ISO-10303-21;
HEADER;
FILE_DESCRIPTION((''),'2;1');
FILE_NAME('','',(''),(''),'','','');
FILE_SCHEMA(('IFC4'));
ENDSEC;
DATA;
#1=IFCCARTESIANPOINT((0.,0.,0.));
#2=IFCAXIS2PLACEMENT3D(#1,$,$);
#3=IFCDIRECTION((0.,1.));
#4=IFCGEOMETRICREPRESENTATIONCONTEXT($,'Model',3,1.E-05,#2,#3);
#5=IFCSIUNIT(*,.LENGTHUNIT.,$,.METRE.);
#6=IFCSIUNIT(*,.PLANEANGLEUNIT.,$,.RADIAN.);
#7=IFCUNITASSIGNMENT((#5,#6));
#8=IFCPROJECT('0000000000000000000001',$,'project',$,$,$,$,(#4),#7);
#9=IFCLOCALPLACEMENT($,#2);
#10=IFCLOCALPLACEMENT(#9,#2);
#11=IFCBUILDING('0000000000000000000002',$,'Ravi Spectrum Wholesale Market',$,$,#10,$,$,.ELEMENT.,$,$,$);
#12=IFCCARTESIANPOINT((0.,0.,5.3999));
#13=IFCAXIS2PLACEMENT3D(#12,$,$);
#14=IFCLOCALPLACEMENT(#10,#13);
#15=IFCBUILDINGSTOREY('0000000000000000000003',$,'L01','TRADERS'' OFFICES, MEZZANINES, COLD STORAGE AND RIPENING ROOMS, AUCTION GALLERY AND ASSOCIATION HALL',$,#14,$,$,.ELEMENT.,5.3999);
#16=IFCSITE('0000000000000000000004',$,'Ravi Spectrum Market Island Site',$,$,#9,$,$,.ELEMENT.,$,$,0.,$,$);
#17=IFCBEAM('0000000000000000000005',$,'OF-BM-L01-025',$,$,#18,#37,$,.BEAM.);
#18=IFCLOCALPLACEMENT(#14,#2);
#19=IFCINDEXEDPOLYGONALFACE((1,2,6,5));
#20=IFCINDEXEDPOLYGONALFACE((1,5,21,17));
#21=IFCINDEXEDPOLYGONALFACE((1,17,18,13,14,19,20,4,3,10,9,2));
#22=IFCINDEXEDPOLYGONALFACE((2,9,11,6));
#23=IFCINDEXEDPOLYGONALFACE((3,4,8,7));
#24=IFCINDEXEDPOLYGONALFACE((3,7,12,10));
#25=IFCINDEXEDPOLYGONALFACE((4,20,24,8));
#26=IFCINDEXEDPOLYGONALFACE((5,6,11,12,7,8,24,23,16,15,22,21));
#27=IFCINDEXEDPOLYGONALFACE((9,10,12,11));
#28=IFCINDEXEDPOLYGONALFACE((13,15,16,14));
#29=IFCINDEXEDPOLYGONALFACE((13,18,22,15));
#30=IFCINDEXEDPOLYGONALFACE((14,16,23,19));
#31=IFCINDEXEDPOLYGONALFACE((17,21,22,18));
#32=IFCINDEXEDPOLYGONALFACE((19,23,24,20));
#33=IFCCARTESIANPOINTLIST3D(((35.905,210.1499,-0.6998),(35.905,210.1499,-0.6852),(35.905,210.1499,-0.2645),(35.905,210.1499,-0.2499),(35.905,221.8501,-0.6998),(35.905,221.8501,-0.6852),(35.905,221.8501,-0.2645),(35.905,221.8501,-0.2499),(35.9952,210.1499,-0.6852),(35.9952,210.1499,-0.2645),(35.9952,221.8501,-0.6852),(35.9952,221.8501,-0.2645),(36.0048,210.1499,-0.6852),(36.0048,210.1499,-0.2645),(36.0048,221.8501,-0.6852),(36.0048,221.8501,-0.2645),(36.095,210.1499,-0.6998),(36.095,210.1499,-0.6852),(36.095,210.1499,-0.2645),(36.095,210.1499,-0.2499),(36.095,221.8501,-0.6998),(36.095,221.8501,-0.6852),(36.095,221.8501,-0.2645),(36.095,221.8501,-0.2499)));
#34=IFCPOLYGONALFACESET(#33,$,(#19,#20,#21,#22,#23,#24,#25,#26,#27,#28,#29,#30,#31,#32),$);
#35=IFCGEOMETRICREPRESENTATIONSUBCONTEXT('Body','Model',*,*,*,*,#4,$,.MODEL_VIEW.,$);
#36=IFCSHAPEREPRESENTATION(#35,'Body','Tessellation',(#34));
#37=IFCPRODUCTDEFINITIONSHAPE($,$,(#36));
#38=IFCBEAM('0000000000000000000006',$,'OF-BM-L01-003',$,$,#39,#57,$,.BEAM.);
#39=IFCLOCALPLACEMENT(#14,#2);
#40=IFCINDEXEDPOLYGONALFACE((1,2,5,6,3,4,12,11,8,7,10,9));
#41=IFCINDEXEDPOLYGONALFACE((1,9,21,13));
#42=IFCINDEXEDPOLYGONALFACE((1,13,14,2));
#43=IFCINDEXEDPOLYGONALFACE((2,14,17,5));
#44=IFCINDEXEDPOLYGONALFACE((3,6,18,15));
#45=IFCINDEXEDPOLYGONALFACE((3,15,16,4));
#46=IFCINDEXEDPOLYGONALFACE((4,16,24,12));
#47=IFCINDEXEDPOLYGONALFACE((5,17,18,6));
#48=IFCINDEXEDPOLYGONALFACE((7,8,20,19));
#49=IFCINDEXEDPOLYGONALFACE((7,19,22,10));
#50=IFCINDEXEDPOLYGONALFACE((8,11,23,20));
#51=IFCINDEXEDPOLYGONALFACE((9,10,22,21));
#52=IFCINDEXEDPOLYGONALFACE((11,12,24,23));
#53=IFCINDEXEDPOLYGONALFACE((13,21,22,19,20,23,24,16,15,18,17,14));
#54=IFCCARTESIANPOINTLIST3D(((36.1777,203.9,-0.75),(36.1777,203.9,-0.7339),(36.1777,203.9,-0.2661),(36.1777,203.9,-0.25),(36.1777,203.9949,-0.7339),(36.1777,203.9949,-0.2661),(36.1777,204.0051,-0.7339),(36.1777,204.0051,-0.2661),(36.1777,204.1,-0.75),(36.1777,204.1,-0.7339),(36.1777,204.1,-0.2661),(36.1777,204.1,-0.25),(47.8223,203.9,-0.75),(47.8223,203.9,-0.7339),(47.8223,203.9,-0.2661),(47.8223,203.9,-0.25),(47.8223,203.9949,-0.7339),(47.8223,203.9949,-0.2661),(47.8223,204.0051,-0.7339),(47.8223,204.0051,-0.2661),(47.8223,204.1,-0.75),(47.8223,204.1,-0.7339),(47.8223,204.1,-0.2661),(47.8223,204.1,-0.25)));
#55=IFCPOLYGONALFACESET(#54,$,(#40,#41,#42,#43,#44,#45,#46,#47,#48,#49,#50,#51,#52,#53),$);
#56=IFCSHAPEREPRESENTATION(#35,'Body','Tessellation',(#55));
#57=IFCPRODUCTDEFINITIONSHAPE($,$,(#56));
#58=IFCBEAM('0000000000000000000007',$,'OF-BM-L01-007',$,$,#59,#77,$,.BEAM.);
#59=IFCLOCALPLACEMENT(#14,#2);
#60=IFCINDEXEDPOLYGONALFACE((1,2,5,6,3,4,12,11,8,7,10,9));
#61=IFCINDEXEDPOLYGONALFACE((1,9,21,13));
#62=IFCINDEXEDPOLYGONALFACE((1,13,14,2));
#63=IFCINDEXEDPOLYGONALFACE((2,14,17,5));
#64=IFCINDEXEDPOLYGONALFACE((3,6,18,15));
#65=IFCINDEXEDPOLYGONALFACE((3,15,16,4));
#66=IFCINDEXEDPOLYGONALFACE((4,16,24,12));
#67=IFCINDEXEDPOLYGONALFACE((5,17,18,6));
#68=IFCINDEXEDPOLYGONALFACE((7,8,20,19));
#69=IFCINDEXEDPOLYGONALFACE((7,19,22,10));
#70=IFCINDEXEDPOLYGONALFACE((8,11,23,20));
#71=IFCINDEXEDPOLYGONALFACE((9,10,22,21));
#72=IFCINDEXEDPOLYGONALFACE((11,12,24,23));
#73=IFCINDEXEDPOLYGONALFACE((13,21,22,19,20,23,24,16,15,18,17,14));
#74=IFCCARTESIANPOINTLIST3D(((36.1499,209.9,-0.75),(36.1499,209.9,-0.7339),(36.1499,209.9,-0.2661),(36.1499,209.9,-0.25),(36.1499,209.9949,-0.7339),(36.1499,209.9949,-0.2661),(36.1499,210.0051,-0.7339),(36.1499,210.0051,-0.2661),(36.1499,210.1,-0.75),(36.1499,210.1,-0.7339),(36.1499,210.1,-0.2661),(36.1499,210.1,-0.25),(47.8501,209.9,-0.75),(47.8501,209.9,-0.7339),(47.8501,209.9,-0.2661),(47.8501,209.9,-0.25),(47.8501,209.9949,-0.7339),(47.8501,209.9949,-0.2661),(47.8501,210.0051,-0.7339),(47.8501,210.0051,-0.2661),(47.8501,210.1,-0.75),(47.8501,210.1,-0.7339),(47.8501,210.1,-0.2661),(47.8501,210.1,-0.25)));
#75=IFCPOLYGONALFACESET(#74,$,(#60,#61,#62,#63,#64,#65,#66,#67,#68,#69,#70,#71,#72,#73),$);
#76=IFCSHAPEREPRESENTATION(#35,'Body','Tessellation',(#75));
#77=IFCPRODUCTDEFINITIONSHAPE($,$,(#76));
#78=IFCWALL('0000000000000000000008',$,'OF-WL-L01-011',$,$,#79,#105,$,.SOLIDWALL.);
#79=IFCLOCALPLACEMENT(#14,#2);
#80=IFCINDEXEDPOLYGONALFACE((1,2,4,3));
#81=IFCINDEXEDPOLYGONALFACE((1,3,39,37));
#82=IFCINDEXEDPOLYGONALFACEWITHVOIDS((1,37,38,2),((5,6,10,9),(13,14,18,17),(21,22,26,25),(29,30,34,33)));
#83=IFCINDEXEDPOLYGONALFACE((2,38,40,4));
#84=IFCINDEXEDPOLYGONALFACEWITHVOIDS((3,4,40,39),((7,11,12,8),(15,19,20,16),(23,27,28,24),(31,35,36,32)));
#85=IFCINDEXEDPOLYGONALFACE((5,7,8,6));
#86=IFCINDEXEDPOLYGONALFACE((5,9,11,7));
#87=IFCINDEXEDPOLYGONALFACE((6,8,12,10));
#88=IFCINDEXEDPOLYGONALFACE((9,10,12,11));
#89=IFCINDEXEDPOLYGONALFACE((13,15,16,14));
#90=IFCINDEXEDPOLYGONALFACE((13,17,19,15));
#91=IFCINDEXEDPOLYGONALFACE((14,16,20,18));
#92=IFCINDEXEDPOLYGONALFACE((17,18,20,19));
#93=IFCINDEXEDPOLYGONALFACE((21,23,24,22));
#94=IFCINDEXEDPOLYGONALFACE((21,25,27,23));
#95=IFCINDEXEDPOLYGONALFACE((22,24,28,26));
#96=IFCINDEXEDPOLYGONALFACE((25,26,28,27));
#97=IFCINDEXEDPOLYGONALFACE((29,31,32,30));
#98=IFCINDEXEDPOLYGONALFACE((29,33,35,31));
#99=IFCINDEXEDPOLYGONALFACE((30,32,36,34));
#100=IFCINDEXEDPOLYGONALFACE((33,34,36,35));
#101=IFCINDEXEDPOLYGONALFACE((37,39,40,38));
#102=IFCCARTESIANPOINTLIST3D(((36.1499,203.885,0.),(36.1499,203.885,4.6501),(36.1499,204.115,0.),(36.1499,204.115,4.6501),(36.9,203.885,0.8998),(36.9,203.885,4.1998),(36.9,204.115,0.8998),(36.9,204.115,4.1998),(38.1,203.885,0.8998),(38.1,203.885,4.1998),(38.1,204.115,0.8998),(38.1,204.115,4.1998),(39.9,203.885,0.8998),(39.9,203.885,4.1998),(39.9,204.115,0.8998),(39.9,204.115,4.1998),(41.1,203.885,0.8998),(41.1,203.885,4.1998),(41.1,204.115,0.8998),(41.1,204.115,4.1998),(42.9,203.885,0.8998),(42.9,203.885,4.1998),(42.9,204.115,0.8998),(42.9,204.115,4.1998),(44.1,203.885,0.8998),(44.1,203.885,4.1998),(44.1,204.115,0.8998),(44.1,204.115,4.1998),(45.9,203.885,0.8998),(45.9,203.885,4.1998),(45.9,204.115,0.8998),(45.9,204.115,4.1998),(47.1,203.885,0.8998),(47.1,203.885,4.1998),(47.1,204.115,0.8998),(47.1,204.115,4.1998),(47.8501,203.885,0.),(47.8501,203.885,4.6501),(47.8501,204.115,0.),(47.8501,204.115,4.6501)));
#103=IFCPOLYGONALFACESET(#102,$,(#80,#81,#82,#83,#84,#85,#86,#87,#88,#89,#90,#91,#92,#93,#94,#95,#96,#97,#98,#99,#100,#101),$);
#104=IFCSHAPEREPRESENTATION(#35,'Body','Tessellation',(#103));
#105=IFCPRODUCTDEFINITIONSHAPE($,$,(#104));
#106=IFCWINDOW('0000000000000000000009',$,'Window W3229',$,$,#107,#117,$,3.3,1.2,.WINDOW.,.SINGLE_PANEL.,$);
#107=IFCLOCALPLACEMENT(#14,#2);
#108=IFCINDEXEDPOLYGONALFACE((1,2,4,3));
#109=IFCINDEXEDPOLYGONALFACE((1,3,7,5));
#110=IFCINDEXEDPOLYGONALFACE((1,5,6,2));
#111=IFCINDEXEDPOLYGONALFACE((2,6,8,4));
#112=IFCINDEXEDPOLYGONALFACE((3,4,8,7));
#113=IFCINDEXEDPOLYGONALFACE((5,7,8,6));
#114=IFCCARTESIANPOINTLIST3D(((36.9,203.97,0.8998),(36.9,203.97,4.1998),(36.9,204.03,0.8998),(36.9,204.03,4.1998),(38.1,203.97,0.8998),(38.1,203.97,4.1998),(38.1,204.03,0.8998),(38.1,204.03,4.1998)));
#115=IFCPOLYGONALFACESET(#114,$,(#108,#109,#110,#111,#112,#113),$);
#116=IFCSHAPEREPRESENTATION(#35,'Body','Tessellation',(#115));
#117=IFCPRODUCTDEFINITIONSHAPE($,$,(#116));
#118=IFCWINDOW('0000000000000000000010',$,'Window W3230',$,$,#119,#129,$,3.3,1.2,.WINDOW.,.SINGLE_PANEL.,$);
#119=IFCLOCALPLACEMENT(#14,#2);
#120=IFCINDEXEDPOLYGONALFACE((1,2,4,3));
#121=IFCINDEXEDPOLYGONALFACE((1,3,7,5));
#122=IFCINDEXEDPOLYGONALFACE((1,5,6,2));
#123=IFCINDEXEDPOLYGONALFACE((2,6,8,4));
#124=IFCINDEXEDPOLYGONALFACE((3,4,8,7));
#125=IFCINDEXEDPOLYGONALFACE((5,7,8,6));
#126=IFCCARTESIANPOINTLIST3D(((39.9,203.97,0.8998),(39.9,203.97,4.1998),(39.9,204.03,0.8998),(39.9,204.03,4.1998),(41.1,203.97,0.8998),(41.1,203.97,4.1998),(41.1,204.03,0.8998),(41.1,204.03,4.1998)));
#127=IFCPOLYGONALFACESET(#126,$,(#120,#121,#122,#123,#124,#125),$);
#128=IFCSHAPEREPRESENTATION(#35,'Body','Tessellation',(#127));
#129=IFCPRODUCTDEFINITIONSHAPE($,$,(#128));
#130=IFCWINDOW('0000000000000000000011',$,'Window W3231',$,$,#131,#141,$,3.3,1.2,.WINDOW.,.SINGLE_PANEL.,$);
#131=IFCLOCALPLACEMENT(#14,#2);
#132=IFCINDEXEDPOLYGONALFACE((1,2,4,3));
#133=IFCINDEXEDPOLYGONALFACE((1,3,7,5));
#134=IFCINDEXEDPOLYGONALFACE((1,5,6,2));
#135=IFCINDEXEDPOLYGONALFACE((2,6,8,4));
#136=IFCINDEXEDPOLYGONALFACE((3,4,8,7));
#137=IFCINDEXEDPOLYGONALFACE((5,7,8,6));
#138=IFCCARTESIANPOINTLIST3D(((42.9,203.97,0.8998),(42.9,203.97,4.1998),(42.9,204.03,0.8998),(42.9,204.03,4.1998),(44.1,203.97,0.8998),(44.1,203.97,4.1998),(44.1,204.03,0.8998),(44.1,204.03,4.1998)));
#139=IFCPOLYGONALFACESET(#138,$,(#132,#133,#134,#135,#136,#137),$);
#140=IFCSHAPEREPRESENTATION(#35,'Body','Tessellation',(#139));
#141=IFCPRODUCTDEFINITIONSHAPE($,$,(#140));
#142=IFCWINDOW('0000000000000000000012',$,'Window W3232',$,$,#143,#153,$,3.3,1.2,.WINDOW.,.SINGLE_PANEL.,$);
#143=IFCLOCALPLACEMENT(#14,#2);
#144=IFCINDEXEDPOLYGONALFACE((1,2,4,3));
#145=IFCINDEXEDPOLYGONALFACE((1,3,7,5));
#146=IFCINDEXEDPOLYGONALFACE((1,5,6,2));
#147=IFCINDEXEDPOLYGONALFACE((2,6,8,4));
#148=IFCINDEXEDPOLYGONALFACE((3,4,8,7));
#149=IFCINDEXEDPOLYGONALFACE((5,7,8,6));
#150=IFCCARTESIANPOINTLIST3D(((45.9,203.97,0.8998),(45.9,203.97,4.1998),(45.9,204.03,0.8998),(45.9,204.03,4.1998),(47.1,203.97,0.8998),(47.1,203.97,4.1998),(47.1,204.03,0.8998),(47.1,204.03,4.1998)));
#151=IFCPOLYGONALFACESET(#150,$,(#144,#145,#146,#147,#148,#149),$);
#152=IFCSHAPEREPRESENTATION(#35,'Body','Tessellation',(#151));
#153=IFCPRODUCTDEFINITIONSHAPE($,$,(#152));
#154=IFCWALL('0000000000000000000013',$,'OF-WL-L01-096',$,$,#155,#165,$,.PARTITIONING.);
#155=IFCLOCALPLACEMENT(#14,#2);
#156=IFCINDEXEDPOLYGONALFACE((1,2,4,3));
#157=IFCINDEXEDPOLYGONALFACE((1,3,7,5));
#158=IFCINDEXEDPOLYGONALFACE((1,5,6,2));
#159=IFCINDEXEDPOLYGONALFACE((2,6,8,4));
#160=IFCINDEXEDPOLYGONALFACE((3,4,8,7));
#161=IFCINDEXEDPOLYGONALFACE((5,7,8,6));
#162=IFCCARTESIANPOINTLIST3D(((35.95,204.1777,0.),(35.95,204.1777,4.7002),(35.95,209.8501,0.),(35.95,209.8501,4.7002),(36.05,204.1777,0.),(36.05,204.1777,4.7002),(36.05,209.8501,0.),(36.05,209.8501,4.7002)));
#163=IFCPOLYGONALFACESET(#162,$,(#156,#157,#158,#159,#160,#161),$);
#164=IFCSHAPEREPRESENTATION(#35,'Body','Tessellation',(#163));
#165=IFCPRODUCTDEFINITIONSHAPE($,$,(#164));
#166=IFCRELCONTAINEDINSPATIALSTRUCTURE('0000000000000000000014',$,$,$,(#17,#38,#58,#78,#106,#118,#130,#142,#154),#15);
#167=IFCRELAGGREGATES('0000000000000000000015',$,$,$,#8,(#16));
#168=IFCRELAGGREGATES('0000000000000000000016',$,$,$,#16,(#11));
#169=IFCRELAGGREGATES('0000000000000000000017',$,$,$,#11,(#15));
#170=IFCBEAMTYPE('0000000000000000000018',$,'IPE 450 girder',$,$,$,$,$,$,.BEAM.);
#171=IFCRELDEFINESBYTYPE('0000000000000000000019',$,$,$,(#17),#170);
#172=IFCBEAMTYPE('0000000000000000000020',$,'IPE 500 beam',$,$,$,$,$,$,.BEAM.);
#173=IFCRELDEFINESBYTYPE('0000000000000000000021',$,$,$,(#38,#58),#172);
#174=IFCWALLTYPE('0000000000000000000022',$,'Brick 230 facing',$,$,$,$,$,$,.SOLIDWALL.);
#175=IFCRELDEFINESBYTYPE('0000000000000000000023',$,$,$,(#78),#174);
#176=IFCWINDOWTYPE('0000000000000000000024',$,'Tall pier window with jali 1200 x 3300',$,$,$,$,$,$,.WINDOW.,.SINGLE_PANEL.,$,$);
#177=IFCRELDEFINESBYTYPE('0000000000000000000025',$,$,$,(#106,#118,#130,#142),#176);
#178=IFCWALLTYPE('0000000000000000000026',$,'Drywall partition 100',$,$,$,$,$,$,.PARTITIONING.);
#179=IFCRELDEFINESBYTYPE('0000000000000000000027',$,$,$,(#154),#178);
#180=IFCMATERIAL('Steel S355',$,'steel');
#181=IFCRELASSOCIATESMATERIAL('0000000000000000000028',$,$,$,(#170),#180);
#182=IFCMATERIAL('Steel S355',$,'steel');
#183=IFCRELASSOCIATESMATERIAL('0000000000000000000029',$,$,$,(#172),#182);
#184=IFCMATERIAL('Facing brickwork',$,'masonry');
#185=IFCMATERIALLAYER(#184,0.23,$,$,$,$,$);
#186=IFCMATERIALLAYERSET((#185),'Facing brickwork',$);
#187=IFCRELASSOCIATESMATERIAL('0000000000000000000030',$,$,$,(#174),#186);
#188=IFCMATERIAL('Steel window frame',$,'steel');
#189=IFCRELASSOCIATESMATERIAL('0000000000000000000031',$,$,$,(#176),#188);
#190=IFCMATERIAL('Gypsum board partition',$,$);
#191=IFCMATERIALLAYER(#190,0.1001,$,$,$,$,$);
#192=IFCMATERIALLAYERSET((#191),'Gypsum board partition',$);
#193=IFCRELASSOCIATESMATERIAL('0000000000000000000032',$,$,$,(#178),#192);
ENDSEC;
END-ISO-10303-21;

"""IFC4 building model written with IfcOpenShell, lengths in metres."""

from ifc_helpers import new_model, si_unit, direction, frame, frame_2d, origin, origin_2d, place, context, subcontext, project, spatial, rectangle, i_section, extrude, material, layer, layer_set, material_profile, profile_set, type_object, element, fill, save


model = new_model("IFC4")

# Units and contexts
model_context = context("Model", 3, precision=1e-05, world=origin(), true_north=direction((0.0, 1.0)))
body_context = subcontext(model_context, "Body", "Model", "MODEL_VIEW")
ifc_project = project(units=[si_unit("LENGTHUNIT", "METRE"), si_unit("PLANEANGLEUNIT", "RADIAN")], contexts=[model_context])

# Site, building, storey
site_placement = place(None, origin())
site = spatial("IfcSite", under=ifc_project, at=site_placement, Name="Ravi Spectrum Market Island Site", CompositionType="ELEMENT", RefElevation=0.0)
building_placement = place(site_placement, origin())
building = spatial("IfcBuilding", under=site, at=building_placement, Name="Ravi Spectrum Wholesale Market", CompositionType="ELEMENT")
storey_placement = place(building_placement, frame((0.0, 0.0, 5.3999)))
storey = spatial("IfcBuildingStorey", under=building, at=storey_placement, Name="L01", Description="TRADERS' OFFICES, MEZZANINES, COLD STORAGE AND RIPENING ROOMS, AUCTION GALLERY AND ASSOCIATION HALL", CompositionType="ELEMENT", Elevation=5.3999)

# Beams
ifc_material_1 = material(Name="Steel S355", Category="steel")
ifc_material_profile_1 = material_profile(ifc_material_1, i_section(OverallWidth=0.1899, OverallDepth=0.45, WebThickness=0.0095, FlangeThickness=0.0146, at=origin_2d()))
ifc_profile_set_1 = profile_set([ifc_material_profile_1], Name="Steel S355")
beam_type_1 = type_object("IfcBeamType", Name="IPE 450 girder", PredefinedType="BEAM", material=ifc_profile_set_1)
beam_1_placement = place(storey_placement, frame((36.0, 210.1499, -0.4749), z_axis=(0.0, 1.0, 0.0), x_axis=(-1.0, 0.0, 0.0)))
element("IfcBeam", 1, at=beam_1_placement, inside=storey, type_object=beam_type_1, Name="OF-BM-L01-025", PredefinedType="BEAM", context=body_context, shape_type="SweptSolid", body=[
    extrude(i_section(OverallWidth=0.1899, OverallDepth=0.45, WebThickness=0.0095, FlangeThickness=0.0146, at=origin_2d()), origin(), (0.0, 0.0, 1.0), 11.7002),
])
ifc_material_2 = material(Name="Steel S355", Category="steel")
ifc_material_profile_2 = material_profile(ifc_material_2, i_section(OverallWidth=0.2, OverallDepth=0.5, WebThickness=0.0103, FlangeThickness=0.0161, at=origin_2d()))
ifc_profile_set_2 = profile_set([ifc_material_profile_2], Name="Steel S355")
beam_type_2 = type_object("IfcBeamType", Name="IPE 500 beam", PredefinedType="BEAM", material=ifc_profile_set_2)
beam_2_placement = place(storey_placement, frame((36.1777, 204.0, -0.5), z_axis=(1.0, 0.0, 0.0), x_axis=(0.0, 1.0, 0.0)))
element("IfcBeam", 2, at=beam_2_placement, inside=storey, type_object=beam_type_2, Name="OF-BM-L01-003", PredefinedType="BEAM", context=body_context, shape_type="SweptSolid", body=[
    extrude(i_section(OverallWidth=0.2, OverallDepth=0.5, WebThickness=0.0103, FlangeThickness=0.0161, at=origin_2d()), origin(), (0.0, 0.0, 1.0), 11.6445),
])
beam_3_placement = place(storey_placement, frame((36.1499, 210.0, -0.5), z_axis=(1.0, 0.0, 0.0), x_axis=(0.0, 1.0, 0.0)))
element("IfcBeam", 3, at=beam_3_placement, inside=storey, type_object=beam_type_2, Name="OF-BM-L01-007", PredefinedType="BEAM", context=body_context, shape_type="SweptSolid", body=[
    extrude(i_section(OverallWidth=0.2, OverallDepth=0.5, WebThickness=0.0103, FlangeThickness=0.0161, at=origin_2d()), origin(), (0.0, 0.0, 1.0), 11.7002),
])

# Wall, openings, windows
ifc_material_3 = material(Name="Facing brickwork", Category="masonry")
ifc_layer_1 = layer(ifc_material_3, 0.23)
ifc_layer_set_1 = layer_set([ifc_layer_1], Name="Facing brickwork")
wall_type_1 = type_object("IfcWallType", Name="Brick 230 facing", PredefinedType="SOLIDWALL", material=ifc_layer_set_1)
wall_1_placement = place(storey_placement, frame((36.1499, 204.0, 0.0), z_axis=(0.0, 0.0, 1.0), x_axis=(1.0, 0.0, 0.0)))
wall_1 = element("IfcWall", 4, at=wall_1_placement, inside=storey, type_object=wall_type_1, Name="OF-WL-L01-011", PredefinedType="SOLIDWALL", context=body_context, shape_type="SweptSolid", body=[
    extrude(rectangle(XDim=11.7002, YDim=0.23, at=frame_2d((5.8501, 0.0))), origin(), (0.0, 0.0, 1.0), 4.6501),
])
opening_1_placement = place(wall_1_placement, frame((0.75, 0.0, 0.8999)))
opening_1 = element("IfcOpeningElement", 5, at=opening_1_placement, cuts=wall_1, PredefinedType="OPENING", context=body_context, shape_type="SweptSolid", body=[
    extrude(rectangle(XDim=1.2, YDim=3.3, at=frame_2d((0.6001, 1.6499))), frame((0.0, 0.125, 0.0), z_axis=(0.0, -1.0, 0.0), x_axis=(1.0, 0.0, 0.0)), (0.0, 0.0, 1.0), 0.25),
])
opening_2_placement = place(wall_1_placement, frame((3.75, 0.0, 0.8999)))
opening_2 = element("IfcOpeningElement", 6, at=opening_2_placement, cuts=wall_1, PredefinedType="OPENING", context=body_context, shape_type="SweptSolid", body=[
    extrude(rectangle(XDim=1.2, YDim=3.3, at=frame_2d((0.6001, 1.6499))), frame((0.0, 0.125, 0.0), z_axis=(0.0, -1.0, 0.0), x_axis=(1.0, 0.0, 0.0)), (0.0, 0.0, 1.0), 0.25),
])
opening_3_placement = place(wall_1_placement, frame((6.75, 0.0, 0.8999)))
opening_3 = element("IfcOpeningElement", 7, at=opening_3_placement, cuts=wall_1, PredefinedType="OPENING", context=body_context, shape_type="SweptSolid", body=[
    extrude(rectangle(XDim=1.2, YDim=3.3, at=frame_2d((0.6001, 1.6499))), frame((0.0, 0.125, 0.0), z_axis=(0.0, -1.0, 0.0), x_axis=(1.0, 0.0, 0.0)), (0.0, 0.0, 1.0), 0.25),
])
opening_4_placement = place(wall_1_placement, frame((9.75, 0.0, 0.8999)))
opening_4 = element("IfcOpeningElement", 8, at=opening_4_placement, cuts=wall_1, PredefinedType="OPENING", context=body_context, shape_type="SweptSolid", body=[
    extrude(rectangle(XDim=1.2, YDim=3.3, at=frame_2d((0.6001, 1.6499))), frame((0.0, 0.125, 0.0), z_axis=(0.0, -1.0, 0.0), x_axis=(1.0, 0.0, 0.0)), (0.0, 0.0, 1.0), 0.25),
])
ifc_material_4 = material(Name="Steel window frame", Category="steel")
window_type = type_object("IfcWindowType", Name="Tall pier window with jali 1200 x 3300", PartitioningType="SINGLE_PANEL", PredefinedType="WINDOW", material=ifc_material_4)
window_1_placement = place(opening_1_placement, origin())
window_1 = element("IfcWindow", 9, at=window_1_placement, inside=storey, type_object=window_type, Name="Window W3229", OverallHeight=3.3, OverallWidth=1.2, PartitioningType="SINGLE_PANEL", PredefinedType="WINDOW", context=body_context, shape_type="SweptSolid", body=[
    extrude(rectangle(XDim=1.2, YDim=3.3, at=frame_2d((0.6001, 1.6499))), frame((0.0, 0.03, 0.0), z_axis=(0.0, -1.0, 0.0), x_axis=(1.0, 0.0, 0.0)), (0.0, 0.0, 1.0), 0.0601),
])
fill(opening_1, window_1)
window_2_placement = place(opening_2_placement, origin())
window_2 = element("IfcWindow", 10, at=window_2_placement, inside=storey, type_object=window_type, Name="Window W3230", OverallHeight=3.3, OverallWidth=1.2, PartitioningType="SINGLE_PANEL", PredefinedType="WINDOW", context=body_context, shape_type="SweptSolid", body=[
    extrude(rectangle(XDim=1.2, YDim=3.3, at=frame_2d((0.6001, 1.6499))), frame((0.0, 0.03, 0.0), z_axis=(0.0, -1.0, 0.0), x_axis=(1.0, 0.0, 0.0)), (0.0, 0.0, 1.0), 0.0601),
])
fill(opening_2, window_2)
window_3_placement = place(opening_3_placement, origin())
window_3 = element("IfcWindow", 11, at=window_3_placement, inside=storey, type_object=window_type, Name="Window W3231", OverallHeight=3.3, OverallWidth=1.2, PartitioningType="SINGLE_PANEL", PredefinedType="WINDOW", context=body_context, shape_type="SweptSolid", body=[
    extrude(rectangle(XDim=1.2, YDim=3.3, at=frame_2d((0.6001, 1.6499))), frame((0.0, 0.03, 0.0), z_axis=(0.0, -1.0, 0.0), x_axis=(1.0, 0.0, 0.0)), (0.0, 0.0, 1.0), 0.0601),
])
fill(opening_3, window_3)
window_4_placement = place(opening_4_placement, origin())
window_4 = element("IfcWindow", 12, at=window_4_placement, inside=storey, type_object=window_type, Name="Window W3232", OverallHeight=3.3, OverallWidth=1.2, PartitioningType="SINGLE_PANEL", PredefinedType="WINDOW", context=body_context, shape_type="SweptSolid", body=[
    extrude(rectangle(XDim=1.2, YDim=3.3, at=frame_2d((0.6001, 1.6499))), frame((0.0, 0.03, 0.0), z_axis=(0.0, -1.0, 0.0), x_axis=(1.0, 0.0, 0.0)), (0.0, 0.0, 1.0), 0.0601),
])
fill(opening_4, window_4)

# Wall
ifc_material_5 = material(Name="Gypsum board partition")
ifc_layer_2 = layer(ifc_material_5, 0.1001)
ifc_layer_set_2 = layer_set([ifc_layer_2], Name="Gypsum board partition")
wall_type_2 = type_object("IfcWallType", Name="Drywall partition 100", PredefinedType="PARTITIONING", material=ifc_layer_set_2)
wall_2_placement = place(storey_placement, frame((36.0, 204.1777, 0.0), z_axis=(0.0, 0.0, 1.0), x_axis=(0.0, 1.0, 0.0)))
element("IfcWall", 13, at=wall_2_placement, inside=storey, type_object=wall_type_2, Name="OF-WL-L01-096", PredefinedType="PARTITIONING", context=body_context, shape_type="SweptSolid", body=[
    extrude(rectangle(XDim=5.6724, YDim=0.1001, at=frame_2d((2.8362, 0.0))), origin(), (0.0, 0.0, 1.0), 4.7002),
])

save(model, "model.ifc")
